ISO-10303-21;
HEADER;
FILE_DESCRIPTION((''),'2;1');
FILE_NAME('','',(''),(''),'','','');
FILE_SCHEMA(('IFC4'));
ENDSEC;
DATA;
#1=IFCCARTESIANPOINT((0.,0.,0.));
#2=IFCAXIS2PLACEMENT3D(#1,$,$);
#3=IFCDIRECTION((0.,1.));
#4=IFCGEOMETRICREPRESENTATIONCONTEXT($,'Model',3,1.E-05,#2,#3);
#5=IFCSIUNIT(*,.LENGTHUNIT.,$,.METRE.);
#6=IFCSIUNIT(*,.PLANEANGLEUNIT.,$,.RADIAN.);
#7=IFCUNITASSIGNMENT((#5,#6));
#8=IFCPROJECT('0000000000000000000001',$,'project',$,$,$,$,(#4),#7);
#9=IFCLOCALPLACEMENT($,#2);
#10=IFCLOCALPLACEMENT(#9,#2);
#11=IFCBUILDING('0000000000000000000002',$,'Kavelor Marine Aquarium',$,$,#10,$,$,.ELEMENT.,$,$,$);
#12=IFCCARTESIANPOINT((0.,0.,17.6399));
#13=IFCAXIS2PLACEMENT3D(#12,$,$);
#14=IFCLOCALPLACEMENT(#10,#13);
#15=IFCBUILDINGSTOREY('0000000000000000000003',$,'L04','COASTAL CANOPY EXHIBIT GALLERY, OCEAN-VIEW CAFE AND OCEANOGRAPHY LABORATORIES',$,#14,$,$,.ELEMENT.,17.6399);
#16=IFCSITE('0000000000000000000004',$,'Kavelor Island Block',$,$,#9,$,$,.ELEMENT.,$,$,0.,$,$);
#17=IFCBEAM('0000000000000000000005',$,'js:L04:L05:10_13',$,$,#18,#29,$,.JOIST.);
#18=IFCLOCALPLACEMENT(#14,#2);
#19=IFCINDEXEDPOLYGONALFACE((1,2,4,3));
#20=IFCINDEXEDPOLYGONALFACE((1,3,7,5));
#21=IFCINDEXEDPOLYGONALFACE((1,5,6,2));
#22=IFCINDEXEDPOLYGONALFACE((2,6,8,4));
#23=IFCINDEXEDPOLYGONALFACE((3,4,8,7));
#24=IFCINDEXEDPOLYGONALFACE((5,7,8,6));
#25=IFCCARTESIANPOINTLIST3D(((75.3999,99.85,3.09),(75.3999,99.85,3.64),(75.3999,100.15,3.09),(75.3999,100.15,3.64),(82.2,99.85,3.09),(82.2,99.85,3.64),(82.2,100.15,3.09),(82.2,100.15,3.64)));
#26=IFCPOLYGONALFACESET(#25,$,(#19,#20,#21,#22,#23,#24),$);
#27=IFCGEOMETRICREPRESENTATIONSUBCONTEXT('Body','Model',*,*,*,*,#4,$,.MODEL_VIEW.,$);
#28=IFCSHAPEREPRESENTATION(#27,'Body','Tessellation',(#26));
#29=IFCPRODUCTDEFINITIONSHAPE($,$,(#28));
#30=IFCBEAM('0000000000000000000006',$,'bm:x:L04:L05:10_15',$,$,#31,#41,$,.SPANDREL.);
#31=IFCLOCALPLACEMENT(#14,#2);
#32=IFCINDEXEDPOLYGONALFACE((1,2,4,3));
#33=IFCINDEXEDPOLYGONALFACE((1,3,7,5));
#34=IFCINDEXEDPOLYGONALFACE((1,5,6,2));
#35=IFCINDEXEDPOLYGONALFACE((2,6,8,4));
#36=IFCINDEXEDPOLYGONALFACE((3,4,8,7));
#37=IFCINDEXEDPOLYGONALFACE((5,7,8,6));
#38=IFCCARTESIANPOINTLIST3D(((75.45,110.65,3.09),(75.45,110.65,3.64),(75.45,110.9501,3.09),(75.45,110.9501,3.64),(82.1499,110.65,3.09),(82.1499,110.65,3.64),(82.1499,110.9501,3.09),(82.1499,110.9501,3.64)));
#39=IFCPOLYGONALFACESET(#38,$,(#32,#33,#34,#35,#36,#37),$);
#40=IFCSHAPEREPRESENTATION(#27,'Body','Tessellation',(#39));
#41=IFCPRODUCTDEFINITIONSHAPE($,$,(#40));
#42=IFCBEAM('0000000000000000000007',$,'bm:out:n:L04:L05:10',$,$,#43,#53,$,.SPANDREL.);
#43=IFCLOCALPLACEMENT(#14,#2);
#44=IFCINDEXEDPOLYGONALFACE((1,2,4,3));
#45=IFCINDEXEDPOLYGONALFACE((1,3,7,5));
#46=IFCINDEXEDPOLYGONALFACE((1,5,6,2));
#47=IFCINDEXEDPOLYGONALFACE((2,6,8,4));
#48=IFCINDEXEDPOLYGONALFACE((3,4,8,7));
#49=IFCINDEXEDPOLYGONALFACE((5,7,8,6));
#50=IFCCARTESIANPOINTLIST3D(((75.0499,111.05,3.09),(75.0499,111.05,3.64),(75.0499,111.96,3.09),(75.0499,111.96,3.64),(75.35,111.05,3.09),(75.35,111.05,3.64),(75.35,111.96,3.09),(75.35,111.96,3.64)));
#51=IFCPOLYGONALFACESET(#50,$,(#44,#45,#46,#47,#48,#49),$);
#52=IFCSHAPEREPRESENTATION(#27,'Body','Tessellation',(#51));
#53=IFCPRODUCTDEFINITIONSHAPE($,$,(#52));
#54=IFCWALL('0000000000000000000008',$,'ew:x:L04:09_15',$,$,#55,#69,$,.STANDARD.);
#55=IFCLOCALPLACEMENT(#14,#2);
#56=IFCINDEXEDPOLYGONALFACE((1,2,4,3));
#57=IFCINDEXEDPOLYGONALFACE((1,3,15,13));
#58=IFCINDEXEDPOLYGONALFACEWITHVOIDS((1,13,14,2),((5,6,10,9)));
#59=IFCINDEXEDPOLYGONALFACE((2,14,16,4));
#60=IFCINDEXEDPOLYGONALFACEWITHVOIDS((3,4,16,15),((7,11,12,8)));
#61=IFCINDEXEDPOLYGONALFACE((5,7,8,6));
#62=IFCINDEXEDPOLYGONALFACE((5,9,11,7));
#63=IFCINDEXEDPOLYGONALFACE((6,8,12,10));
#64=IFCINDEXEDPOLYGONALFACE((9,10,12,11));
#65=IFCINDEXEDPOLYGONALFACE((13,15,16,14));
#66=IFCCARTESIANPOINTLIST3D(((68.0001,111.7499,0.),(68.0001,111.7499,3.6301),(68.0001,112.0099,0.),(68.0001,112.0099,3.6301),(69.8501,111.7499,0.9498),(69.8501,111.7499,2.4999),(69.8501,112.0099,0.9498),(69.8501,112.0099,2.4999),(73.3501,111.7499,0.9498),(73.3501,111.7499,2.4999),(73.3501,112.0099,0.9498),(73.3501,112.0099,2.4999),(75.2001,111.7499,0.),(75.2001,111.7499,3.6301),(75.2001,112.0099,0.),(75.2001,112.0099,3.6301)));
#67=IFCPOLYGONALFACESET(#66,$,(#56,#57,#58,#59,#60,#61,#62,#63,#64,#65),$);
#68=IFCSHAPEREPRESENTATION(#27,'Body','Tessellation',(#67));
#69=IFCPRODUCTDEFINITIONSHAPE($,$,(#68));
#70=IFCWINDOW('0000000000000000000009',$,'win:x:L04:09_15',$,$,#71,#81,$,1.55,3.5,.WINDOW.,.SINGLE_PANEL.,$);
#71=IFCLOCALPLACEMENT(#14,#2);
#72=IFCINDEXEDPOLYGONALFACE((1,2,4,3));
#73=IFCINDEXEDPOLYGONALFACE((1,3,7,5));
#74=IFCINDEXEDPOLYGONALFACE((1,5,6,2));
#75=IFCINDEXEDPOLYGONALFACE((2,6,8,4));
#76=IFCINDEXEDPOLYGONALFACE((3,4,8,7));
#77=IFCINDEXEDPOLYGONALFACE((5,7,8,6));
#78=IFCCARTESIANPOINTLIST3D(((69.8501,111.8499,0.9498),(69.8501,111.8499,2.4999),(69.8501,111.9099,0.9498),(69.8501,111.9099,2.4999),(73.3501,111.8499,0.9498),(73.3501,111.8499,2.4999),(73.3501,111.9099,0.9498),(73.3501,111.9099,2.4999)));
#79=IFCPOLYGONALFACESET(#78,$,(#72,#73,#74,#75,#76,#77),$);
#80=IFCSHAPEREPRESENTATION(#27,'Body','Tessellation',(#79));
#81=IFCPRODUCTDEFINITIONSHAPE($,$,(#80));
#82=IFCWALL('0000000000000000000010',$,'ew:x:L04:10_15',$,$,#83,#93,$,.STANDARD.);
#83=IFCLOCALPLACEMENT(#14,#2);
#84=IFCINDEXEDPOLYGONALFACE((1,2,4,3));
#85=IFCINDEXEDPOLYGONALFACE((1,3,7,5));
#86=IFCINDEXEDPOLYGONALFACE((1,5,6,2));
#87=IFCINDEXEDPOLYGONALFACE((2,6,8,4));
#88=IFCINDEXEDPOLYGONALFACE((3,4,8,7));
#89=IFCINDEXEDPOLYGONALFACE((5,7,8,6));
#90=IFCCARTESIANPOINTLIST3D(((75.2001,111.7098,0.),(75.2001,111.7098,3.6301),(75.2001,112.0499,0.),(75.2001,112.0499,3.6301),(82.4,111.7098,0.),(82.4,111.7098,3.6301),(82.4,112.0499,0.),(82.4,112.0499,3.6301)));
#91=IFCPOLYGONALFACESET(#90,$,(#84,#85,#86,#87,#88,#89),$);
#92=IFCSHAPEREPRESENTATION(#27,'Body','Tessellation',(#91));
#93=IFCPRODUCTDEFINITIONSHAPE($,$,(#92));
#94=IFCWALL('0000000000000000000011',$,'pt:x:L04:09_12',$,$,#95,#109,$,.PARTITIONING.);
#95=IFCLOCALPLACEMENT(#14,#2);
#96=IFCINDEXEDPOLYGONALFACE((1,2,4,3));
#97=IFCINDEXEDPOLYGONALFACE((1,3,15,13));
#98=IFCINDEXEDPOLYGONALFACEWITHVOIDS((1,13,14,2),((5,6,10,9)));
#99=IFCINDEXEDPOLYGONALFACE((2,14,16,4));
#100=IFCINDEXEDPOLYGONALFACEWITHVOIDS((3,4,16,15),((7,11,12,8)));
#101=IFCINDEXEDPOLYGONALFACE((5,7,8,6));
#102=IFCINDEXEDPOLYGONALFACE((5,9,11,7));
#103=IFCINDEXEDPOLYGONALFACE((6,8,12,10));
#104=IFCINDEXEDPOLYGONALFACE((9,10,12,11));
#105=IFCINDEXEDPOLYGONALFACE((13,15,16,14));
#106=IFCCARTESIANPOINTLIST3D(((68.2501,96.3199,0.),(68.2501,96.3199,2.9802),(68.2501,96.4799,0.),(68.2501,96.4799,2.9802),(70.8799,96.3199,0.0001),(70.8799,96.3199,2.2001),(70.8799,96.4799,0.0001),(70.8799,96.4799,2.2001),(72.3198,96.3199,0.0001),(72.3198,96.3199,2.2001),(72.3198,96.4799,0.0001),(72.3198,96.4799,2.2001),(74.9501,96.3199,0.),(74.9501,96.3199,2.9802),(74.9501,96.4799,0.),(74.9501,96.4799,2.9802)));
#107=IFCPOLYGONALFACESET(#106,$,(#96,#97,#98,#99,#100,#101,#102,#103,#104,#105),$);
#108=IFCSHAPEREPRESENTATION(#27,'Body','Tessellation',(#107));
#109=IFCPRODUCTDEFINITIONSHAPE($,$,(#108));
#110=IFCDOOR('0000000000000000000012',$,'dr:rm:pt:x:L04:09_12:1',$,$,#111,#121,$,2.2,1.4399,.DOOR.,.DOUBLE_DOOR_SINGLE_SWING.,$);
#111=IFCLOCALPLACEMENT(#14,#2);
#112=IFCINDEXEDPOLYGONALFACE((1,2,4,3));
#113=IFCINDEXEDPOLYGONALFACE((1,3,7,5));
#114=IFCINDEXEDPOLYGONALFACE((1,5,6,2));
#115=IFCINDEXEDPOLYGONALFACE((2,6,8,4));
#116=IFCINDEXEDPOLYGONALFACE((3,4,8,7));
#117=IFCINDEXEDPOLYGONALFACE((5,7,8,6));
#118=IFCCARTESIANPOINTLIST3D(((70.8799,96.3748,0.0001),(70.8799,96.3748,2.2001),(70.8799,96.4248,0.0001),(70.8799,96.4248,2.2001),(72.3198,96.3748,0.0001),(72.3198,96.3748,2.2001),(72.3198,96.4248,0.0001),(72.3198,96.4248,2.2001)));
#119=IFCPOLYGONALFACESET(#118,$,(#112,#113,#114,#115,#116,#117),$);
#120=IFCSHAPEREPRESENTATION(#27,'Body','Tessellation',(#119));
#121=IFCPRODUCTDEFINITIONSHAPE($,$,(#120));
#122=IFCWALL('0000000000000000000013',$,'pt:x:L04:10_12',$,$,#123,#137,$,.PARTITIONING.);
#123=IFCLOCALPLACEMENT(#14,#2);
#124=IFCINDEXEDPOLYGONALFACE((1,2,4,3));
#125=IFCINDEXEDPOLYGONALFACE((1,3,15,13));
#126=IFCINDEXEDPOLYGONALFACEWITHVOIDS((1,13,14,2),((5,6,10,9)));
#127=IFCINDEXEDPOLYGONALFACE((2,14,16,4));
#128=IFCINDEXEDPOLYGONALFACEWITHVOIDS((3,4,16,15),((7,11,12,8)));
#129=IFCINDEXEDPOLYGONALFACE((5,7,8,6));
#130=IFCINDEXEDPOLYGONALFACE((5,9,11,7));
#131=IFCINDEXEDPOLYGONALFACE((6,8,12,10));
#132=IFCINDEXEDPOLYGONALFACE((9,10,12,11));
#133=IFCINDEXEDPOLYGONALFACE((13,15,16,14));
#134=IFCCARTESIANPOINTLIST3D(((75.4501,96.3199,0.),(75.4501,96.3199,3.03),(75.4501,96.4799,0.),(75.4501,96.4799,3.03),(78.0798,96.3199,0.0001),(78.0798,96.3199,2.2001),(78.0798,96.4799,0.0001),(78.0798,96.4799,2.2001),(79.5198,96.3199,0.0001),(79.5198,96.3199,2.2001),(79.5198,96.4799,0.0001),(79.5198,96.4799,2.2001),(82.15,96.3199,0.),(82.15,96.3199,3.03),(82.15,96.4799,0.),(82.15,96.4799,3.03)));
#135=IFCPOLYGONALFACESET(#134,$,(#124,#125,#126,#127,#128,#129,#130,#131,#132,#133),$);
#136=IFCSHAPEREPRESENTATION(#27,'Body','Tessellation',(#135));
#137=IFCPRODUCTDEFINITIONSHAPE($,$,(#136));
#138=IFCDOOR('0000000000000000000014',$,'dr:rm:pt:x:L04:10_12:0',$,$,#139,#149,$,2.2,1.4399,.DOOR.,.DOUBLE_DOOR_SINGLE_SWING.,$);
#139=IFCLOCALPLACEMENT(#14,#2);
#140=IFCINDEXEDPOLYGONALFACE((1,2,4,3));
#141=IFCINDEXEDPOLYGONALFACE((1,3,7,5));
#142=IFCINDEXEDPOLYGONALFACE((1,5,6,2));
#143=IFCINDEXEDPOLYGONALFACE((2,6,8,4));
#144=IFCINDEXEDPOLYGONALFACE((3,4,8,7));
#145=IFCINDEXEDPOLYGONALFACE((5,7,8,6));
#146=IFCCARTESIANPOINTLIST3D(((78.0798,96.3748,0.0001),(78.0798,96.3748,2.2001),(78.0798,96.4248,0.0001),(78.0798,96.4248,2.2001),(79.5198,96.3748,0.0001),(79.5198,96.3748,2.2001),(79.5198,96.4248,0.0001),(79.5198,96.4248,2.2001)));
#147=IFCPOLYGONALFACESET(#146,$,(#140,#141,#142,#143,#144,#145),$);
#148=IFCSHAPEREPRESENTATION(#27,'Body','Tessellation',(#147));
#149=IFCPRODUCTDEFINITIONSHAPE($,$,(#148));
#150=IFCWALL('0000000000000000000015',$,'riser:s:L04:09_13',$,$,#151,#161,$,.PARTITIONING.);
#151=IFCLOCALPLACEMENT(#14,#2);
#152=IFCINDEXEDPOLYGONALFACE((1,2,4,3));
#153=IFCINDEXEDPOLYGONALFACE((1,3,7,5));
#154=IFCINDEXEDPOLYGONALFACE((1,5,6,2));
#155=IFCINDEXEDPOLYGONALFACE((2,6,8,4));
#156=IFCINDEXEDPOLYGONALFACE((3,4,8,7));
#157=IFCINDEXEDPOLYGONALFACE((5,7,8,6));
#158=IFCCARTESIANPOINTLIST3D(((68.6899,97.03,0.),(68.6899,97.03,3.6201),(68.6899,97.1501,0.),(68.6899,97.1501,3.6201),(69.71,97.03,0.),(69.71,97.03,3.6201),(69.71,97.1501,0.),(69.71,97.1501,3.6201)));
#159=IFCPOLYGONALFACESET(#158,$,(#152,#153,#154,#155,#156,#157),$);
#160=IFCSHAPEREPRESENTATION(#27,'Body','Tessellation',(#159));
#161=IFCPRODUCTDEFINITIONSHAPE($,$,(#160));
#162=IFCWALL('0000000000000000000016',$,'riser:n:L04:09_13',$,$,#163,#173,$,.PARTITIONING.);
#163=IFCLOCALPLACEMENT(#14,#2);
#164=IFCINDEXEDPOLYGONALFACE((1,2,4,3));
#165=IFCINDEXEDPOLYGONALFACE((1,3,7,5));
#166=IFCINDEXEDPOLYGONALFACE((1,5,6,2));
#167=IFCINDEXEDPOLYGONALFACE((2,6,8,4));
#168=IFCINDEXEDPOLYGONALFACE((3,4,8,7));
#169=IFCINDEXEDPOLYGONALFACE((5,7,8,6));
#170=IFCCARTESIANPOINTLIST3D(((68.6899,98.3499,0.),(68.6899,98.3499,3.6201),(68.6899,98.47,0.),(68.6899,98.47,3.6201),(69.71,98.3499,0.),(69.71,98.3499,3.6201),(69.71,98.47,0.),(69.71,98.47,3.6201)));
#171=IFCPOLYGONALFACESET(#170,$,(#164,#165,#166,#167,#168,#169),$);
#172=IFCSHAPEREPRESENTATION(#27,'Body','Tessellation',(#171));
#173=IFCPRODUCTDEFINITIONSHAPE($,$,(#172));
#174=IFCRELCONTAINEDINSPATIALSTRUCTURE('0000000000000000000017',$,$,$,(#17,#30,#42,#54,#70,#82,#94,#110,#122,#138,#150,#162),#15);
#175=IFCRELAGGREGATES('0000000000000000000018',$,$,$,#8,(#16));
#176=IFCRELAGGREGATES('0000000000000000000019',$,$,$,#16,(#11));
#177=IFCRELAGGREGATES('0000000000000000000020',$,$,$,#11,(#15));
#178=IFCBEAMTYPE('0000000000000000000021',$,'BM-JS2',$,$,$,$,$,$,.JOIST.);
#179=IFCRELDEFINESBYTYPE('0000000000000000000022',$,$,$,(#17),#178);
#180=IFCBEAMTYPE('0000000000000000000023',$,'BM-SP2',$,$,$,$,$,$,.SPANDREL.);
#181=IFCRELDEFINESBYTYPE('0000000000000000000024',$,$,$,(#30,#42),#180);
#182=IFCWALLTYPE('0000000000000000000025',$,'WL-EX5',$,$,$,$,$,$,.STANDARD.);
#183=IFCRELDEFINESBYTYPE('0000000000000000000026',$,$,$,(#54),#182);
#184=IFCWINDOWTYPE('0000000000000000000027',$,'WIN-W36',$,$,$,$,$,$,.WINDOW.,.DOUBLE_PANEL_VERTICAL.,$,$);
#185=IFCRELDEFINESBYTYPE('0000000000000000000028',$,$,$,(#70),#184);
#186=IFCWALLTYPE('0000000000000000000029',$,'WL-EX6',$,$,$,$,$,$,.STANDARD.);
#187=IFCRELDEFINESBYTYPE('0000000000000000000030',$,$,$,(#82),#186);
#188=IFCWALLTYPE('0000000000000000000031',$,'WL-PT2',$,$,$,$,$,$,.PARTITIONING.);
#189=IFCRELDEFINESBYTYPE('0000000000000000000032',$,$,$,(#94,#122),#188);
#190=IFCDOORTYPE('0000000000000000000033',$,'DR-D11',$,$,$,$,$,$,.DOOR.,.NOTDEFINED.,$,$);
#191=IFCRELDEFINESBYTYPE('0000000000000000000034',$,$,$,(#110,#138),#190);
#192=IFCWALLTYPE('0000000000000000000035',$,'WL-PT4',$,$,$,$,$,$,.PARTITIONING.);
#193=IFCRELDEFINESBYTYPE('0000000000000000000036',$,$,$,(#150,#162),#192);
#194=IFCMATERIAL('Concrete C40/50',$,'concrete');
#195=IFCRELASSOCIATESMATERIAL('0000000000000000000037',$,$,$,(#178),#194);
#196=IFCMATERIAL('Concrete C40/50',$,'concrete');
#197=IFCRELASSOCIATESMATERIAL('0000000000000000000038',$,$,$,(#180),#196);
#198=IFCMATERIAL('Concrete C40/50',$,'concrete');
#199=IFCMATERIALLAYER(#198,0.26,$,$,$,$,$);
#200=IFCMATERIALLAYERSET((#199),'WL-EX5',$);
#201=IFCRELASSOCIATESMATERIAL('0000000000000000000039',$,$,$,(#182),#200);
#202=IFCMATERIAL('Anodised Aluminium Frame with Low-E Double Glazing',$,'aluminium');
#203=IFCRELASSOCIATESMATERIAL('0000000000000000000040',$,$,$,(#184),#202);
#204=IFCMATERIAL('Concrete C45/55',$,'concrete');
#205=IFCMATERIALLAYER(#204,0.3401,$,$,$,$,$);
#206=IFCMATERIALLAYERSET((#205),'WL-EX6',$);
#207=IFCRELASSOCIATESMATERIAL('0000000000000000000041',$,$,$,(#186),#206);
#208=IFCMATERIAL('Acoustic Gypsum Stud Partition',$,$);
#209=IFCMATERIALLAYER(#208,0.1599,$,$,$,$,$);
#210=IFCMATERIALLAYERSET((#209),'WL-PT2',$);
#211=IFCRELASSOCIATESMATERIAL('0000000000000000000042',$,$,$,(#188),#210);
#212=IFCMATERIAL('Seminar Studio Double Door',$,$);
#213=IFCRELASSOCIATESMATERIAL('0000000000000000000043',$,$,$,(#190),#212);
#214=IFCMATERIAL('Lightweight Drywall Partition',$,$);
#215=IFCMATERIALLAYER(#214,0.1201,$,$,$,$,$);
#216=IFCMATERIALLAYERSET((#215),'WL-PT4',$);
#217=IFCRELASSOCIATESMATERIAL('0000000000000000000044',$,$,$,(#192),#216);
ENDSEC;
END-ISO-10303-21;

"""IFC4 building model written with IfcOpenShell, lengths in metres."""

from ifc_helpers import new_model, si_unit, direction, frame, frame_2d, origin, origin_2d, place, context, subcontext, project, spatial, rectangle, extrude, material, layer, layer_set, material_profile, profile_set, type_object, element, fill, save


model = new_model("IFC4")

# Units and contexts
model_context = context("Model", 3, precision=1e-05, world=origin(), true_north=direction((0.0, 1.0)))
body_context = subcontext(model_context, "Body", "Model", "MODEL_VIEW")
ifc_project = project(units=[si_unit("LENGTHUNIT", "METRE"), si_unit("PLANEANGLEUNIT", "RADIAN")], contexts=[model_context])

# Site, building, storey
site_placement = place(None, origin())
site = spatial("IfcSite", under=ifc_project, at=site_placement, Name="Kavelor Island Block", CompositionType="ELEMENT", RefElevation=0.0)
building_placement = place(site_placement, origin())
building = spatial("IfcBuilding", under=site, at=building_placement, Name="Kavelor Marine Aquarium", CompositionType="ELEMENT")
storey_placement = place(building_placement, frame((0.0, 0.0, 17.6399)))
storey = spatial("IfcBuildingStorey", under=building, at=storey_placement, Name="L04", Description="COASTAL CANOPY EXHIBIT GALLERY, OCEAN-VIEW CAFE AND OCEANOGRAPHY LABORATORIES", CompositionType="ELEMENT", Elevation=17.6399)

# Beams
ifc_material_1 = material(Name="Concrete C40/50", Category="concrete")
ifc_material_profile_1 = material_profile(ifc_material_1, rectangle(XDim=0.3, YDim=0.55, at=origin_2d()), Name="RC-JS 300x550")
ifc_profile_set_1 = profile_set([ifc_material_profile_1], Name="Concrete C40/50")
beam_type_1 = type_object("IfcBeamType", Name="BM-JS2", PredefinedType="JOIST", material=ifc_profile_set_1)
beam_1_placement = place(storey_placement, frame((75.3999, 100.0, 3.365), z_axis=(1.0, 0.0, 0.0), x_axis=(0.0, 1.0, 0.0)))
element("IfcBeam", 1, at=beam_1_placement, inside=storey, type_object=beam_type_1, Name="js:L04:L05:10_13", PredefinedType="JOIST", context=body_context, shape_type="SweptSolid", body=[
    extrude(rectangle(XDim=0.3, YDim=0.55, at=origin_2d()), origin(), (0.0, 0.0, 1.0), 6.8),
])
ifc_material_2 = material(Name="Concrete C40/50", Category="concrete")
ifc_material_profile_2 = material_profile(ifc_material_2, rectangle(XDim=0.3, YDim=0.55, at=origin_2d()), Name="RC-SP 300x550")
ifc_profile_set_2 = profile_set([ifc_material_profile_2], Name="Concrete C40/50")
beam_type_2 = type_object("IfcBeamType", Name="BM-SP2", PredefinedType="SPANDREL", material=ifc_profile_set_2)
beam_2_placement = place(storey_placement, frame((75.45, 110.8, 3.365), z_axis=(1.0, 0.0, 0.0), x_axis=(0.0, 1.0, 0.0)))
element("IfcBeam", 2, at=beam_2_placement, inside=storey, type_object=beam_type_2, Name="bm:x:L04:L05:10_15", PredefinedType="SPANDREL", context=body_context, shape_type="SweptSolid", body=[
    extrude(rectangle(XDim=0.3, YDim=0.55, at=origin_2d()), origin(), (0.0, 0.0, 1.0), 6.7),
])
beam_3_placement = place(storey_placement, frame((75.2, 111.05, 3.365), z_axis=(0.0, 1.0, 0.0), x_axis=(-1.0, 0.0, 0.0)))
element("IfcBeam", 3, at=beam_3_placement, inside=storey, type_object=beam_type_2, Name="bm:out:n:L04:L05:10", PredefinedType="SPANDREL", context=body_context, shape_type="SweptSolid", body=[
    extrude(rectangle(XDim=0.3, YDim=0.55, at=origin_2d()), origin(), (0.0, 0.0, 1.0), 0.9099),
])

# Wall, opening, window
ifc_material_3 = material(Name="Concrete C40/50", Category="concrete")
ifc_layer_1 = layer(ifc_material_3, 0.26)
ifc_layer_set_1 = layer_set([ifc_layer_1], Name="WL-EX5")
wall_type_1 = type_object("IfcWallType", Name="WL-EX5", PredefinedType="STANDARD", material=ifc_layer_set_1)
wall_1_placement = place(storey_placement, frame((68.0, 111.8799, 0.0), z_axis=(0.0, 0.0, 1.0), x_axis=(1.0, 0.0, 0.0)))
wall_1 = element("IfcWall", 4, at=wall_1_placement, inside=storey, type_object=wall_type_1, Name="ew:x:L04:09_15", PredefinedType="STANDARD", context=body_context, shape_type="SweptSolid", body=[
    extrude(rectangle(XDim=7.2, YDim=0.26, at=frame_2d((3.6001, 0.0))), origin(), (0.0, 0.0, 1.0), 3.6301),
])
opening_1_placement = place(wall_1_placement, frame((1.8501, 0.0, 0.95)))
opening_1 = element("IfcOpeningElement", 5, at=opening_1_placement, cuts=wall_1, PredefinedType="OPENING", context=body_context, shape_type="SweptSolid", body=[
    extrude(rectangle(XDim=3.5, YDim=1.55, at=frame_2d((1.75, 0.7749))), frame((0.0, 0.1399, 0.0), z_axis=(0.0, -1.0, 0.0), x_axis=(1.0, 0.0, 0.0)), (0.0, 0.0, 1.0), 0.28),
])
ifc_material_4 = material(Name="Anodised Aluminium Frame with Low-E Double Glazing", Category="aluminium")
window_type = type_object("IfcWindowType", Name="WIN-W36", PartitioningType="DOUBLE_PANEL_VERTICAL", PredefinedType="WINDOW", material=ifc_material_4)
window_placement = place(opening_1_placement, origin())
window = element("IfcWindow", 6, at=window_placement, inside=storey, type_object=window_type, Name="win:x:L04:09_15", OverallHeight=1.55, OverallWidth=3.5, PartitioningType="SINGLE_PANEL", PredefinedType="WINDOW", context=body_context, shape_type="SweptSolid", body=[
    extrude(rectangle(XDim=3.5, YDim=1.55, at=frame_2d((1.75, 0.7749))), frame((0.0, 0.03, 0.0), z_axis=(0.0, -1.0, 0.0), x_axis=(1.0, 0.0, 0.0)), (0.0, 0.0, 1.0), 0.0601),
])
fill(opening_1, window)

# Wall
ifc_material_5 = material(Name="Concrete C45/55", Category="concrete")
ifc_layer_2 = layer(ifc_material_5, 0.3401)
ifc_layer_set_2 = layer_set([ifc_layer_2], Name="WL-EX6")
wall_type_2 = type_object("IfcWallType", Name="WL-EX6", PredefinedType="STANDARD", material=ifc_layer_set_2)
wall_2_placement = place(storey_placement, frame((75.2, 111.8799, 0.0), z_axis=(0.0, 0.0, 1.0), x_axis=(1.0, 0.0, 0.0)))
element("IfcWall", 7, at=wall_2_placement, inside=storey, type_object=wall_type_2, Name="ew:x:L04:10_15", PredefinedType="STANDARD", context=body_context, shape_type="SweptSolid", body=[
    extrude(rectangle(XDim=7.2, YDim=0.3401, at=frame_2d((3.6001, 0.0))), origin(), (0.0, 0.0, 1.0), 3.6301),
])

# Walls, openings, doors
ifc_material_6 = material(Name="Acoustic Gypsum Stud Partition")
ifc_layer_3 = layer(ifc_material_6, 0.1599)
ifc_layer_set_3 = layer_set([ifc_layer_3], Name="WL-PT2")
wall_type_3 = type_object("IfcWallType", Name="WL-PT2", PredefinedType="PARTITIONING", material=ifc_layer_set_3)
wall_3_placement = place(storey_placement, frame((68.25, 96.3999, 0.0), z_axis=(0.0, 0.0, 1.0), x_axis=(1.0, 0.0, 0.0)))
wall_3 = element("IfcWall", 8, at=wall_3_placement, inside=storey, type_object=wall_type_3, Name="pt:x:L04:09_12", PredefinedType="PARTITIONING", context=body_context, shape_type="SweptSolid", body=[
    extrude(rectangle(XDim=6.7, YDim=0.1599, at=frame_2d((3.3501, 0.0))), origin(), (0.0, 0.0, 1.0), 2.9802),
])
opening_2_placement = place(wall_3_placement, frame((2.6299, 0.0, 0.0)))
opening_2 = element("IfcOpeningElement", 9, at=opening_2_placement, cuts=wall_3, PredefinedType="OPENING", context=body_context, shape_type="SweptSolid", body=[
    extrude(rectangle(XDim=1.4399, YDim=2.2, at=frame_2d((0.72, 1.1001))), frame((0.0, 0.0898, 0.0), z_axis=(0.0, -1.0, 0.0), x_axis=(1.0, 0.0, 0.0)), (0.0, 0.0, 1.0), 0.1799),
])
ifc_material_7 = material(Name="Seminar Studio Double Door")
door_type_1 = type_object("IfcDoorType", Name="DR-D11", OperationType="NOTDEFINED", PredefinedType="DOOR", material=ifc_material_7)
door_1_placement = place(opening_2_placement, origin())
door_1 = element("IfcDoor", 10, at=door_1_placement, inside=storey, type_object=door_type_1, Name="dr:rm:pt:x:L04:09_12:1", OperationType="DOUBLE_DOOR_SINGLE_SWING", OverallHeight=2.2, OverallWidth=1.4399, PredefinedType="DOOR", context=body_context, shape_type="SweptSolid", body=[
    extrude(rectangle(XDim=1.4399, YDim=2.2, at=frame_2d((0.72, 1.1001))), frame((0.0, 0.0249, 0.0), z_axis=(0.0, -1.0, 0.0), x_axis=(1.0, 0.0, 0.0)), (0.0, 0.0, 1.0), 0.05),
])
fill(opening_2, door_1)
wall_4_placement = place(storey_placement, frame((75.45, 96.3999, 0.0), z_axis=(0.0, 0.0, 1.0), x_axis=(1.0, 0.0, 0.0)))
wall_4 = element("IfcWall", 11, at=wall_4_placement, inside=storey, type_object=wall_type_3, Name="pt:x:L04:10_12", PredefinedType="PARTITIONING", context=body_context, shape_type="SweptSolid", body=[
    extrude(rectangle(XDim=6.7, YDim=0.1599, at=frame_2d((3.3501, 0.0))), origin(), (0.0, 0.0, 1.0), 3.03),
])
opening_3_placement = place(wall_4_placement, frame((2.6299, 0.0, 0.0)))
opening_3 = element("IfcOpeningElement", 12, at=opening_3_placement, cuts=wall_4, PredefinedType="OPENING", context=body_context, shape_type="SweptSolid", body=[
    extrude(rectangle(XDim=1.4399, YDim=2.2, at=frame_2d((0.72, 1.1001))), frame((0.0, 0.0898, 0.0), z_axis=(0.0, -1.0, 0.0), x_axis=(1.0, 0.0, 0.0)), (0.0, 0.0, 1.0), 0.1799),
])
door_2_placement = place(opening_3_placement, origin())
door_2 = element("IfcDoor", 13, at=door_2_placement, inside=storey, type_object=door_type_1, Name="dr:rm:pt:x:L04:10_12:0", OperationType="DOUBLE_DOOR_SINGLE_SWING", OverallHeight=2.2, OverallWidth=1.4399, PredefinedType="DOOR", context=body_context, shape_type="SweptSolid", body=[
    extrude(rectangle(XDim=1.4399, YDim=2.2, at=frame_2d((0.72, 1.1001))), frame((0.0, 0.0249, 0.0), z_axis=(0.0, -1.0, 0.0), x_axis=(1.0, 0.0, 0.0)), (0.0, 0.0, 1.0), 0.05),
])
fill(opening_3, door_2)

# Walls
ifc_material_8 = material(Name="Lightweight Drywall Partition")
ifc_layer_4 = layer(ifc_material_8, 0.1201)
ifc_layer_set_4 = layer_set([ifc_layer_4], Name="WL-PT4")
wall_type_4 = type_object("IfcWallType", Name="WL-PT4", PredefinedType="PARTITIONING", material=ifc_layer_set_4)
for number, where, z_axis, x_axis, name in (
    (14, (68.6899, 97.0901, 0.0), (0.0, 0.0, 1.0), (1.0, 0.0, 0.0), "riser:s:L04:09_13"),
    (15, (68.6899, 98.4099, 0.0), (0.0, 0.0, 1.0), (1.0, 0.0, 0.0), "riser:n:L04:09_13"),
):
    element("IfcWall", number, at=place(storey_placement, frame(where, z_axis=z_axis, x_axis=x_axis)), inside=storey, type_object=wall_type_4, Name=name, PredefinedType="PARTITIONING", context=body_context, shape_type="SweptSolid", body=[
        extrude(rectangle(XDim=1.02, YDim=0.1201, at=frame_2d((0.51, 0.0))), origin(), (0.0, 0.0, 1.0), 3.6201),
    ])

save(model, "model.ifc")
